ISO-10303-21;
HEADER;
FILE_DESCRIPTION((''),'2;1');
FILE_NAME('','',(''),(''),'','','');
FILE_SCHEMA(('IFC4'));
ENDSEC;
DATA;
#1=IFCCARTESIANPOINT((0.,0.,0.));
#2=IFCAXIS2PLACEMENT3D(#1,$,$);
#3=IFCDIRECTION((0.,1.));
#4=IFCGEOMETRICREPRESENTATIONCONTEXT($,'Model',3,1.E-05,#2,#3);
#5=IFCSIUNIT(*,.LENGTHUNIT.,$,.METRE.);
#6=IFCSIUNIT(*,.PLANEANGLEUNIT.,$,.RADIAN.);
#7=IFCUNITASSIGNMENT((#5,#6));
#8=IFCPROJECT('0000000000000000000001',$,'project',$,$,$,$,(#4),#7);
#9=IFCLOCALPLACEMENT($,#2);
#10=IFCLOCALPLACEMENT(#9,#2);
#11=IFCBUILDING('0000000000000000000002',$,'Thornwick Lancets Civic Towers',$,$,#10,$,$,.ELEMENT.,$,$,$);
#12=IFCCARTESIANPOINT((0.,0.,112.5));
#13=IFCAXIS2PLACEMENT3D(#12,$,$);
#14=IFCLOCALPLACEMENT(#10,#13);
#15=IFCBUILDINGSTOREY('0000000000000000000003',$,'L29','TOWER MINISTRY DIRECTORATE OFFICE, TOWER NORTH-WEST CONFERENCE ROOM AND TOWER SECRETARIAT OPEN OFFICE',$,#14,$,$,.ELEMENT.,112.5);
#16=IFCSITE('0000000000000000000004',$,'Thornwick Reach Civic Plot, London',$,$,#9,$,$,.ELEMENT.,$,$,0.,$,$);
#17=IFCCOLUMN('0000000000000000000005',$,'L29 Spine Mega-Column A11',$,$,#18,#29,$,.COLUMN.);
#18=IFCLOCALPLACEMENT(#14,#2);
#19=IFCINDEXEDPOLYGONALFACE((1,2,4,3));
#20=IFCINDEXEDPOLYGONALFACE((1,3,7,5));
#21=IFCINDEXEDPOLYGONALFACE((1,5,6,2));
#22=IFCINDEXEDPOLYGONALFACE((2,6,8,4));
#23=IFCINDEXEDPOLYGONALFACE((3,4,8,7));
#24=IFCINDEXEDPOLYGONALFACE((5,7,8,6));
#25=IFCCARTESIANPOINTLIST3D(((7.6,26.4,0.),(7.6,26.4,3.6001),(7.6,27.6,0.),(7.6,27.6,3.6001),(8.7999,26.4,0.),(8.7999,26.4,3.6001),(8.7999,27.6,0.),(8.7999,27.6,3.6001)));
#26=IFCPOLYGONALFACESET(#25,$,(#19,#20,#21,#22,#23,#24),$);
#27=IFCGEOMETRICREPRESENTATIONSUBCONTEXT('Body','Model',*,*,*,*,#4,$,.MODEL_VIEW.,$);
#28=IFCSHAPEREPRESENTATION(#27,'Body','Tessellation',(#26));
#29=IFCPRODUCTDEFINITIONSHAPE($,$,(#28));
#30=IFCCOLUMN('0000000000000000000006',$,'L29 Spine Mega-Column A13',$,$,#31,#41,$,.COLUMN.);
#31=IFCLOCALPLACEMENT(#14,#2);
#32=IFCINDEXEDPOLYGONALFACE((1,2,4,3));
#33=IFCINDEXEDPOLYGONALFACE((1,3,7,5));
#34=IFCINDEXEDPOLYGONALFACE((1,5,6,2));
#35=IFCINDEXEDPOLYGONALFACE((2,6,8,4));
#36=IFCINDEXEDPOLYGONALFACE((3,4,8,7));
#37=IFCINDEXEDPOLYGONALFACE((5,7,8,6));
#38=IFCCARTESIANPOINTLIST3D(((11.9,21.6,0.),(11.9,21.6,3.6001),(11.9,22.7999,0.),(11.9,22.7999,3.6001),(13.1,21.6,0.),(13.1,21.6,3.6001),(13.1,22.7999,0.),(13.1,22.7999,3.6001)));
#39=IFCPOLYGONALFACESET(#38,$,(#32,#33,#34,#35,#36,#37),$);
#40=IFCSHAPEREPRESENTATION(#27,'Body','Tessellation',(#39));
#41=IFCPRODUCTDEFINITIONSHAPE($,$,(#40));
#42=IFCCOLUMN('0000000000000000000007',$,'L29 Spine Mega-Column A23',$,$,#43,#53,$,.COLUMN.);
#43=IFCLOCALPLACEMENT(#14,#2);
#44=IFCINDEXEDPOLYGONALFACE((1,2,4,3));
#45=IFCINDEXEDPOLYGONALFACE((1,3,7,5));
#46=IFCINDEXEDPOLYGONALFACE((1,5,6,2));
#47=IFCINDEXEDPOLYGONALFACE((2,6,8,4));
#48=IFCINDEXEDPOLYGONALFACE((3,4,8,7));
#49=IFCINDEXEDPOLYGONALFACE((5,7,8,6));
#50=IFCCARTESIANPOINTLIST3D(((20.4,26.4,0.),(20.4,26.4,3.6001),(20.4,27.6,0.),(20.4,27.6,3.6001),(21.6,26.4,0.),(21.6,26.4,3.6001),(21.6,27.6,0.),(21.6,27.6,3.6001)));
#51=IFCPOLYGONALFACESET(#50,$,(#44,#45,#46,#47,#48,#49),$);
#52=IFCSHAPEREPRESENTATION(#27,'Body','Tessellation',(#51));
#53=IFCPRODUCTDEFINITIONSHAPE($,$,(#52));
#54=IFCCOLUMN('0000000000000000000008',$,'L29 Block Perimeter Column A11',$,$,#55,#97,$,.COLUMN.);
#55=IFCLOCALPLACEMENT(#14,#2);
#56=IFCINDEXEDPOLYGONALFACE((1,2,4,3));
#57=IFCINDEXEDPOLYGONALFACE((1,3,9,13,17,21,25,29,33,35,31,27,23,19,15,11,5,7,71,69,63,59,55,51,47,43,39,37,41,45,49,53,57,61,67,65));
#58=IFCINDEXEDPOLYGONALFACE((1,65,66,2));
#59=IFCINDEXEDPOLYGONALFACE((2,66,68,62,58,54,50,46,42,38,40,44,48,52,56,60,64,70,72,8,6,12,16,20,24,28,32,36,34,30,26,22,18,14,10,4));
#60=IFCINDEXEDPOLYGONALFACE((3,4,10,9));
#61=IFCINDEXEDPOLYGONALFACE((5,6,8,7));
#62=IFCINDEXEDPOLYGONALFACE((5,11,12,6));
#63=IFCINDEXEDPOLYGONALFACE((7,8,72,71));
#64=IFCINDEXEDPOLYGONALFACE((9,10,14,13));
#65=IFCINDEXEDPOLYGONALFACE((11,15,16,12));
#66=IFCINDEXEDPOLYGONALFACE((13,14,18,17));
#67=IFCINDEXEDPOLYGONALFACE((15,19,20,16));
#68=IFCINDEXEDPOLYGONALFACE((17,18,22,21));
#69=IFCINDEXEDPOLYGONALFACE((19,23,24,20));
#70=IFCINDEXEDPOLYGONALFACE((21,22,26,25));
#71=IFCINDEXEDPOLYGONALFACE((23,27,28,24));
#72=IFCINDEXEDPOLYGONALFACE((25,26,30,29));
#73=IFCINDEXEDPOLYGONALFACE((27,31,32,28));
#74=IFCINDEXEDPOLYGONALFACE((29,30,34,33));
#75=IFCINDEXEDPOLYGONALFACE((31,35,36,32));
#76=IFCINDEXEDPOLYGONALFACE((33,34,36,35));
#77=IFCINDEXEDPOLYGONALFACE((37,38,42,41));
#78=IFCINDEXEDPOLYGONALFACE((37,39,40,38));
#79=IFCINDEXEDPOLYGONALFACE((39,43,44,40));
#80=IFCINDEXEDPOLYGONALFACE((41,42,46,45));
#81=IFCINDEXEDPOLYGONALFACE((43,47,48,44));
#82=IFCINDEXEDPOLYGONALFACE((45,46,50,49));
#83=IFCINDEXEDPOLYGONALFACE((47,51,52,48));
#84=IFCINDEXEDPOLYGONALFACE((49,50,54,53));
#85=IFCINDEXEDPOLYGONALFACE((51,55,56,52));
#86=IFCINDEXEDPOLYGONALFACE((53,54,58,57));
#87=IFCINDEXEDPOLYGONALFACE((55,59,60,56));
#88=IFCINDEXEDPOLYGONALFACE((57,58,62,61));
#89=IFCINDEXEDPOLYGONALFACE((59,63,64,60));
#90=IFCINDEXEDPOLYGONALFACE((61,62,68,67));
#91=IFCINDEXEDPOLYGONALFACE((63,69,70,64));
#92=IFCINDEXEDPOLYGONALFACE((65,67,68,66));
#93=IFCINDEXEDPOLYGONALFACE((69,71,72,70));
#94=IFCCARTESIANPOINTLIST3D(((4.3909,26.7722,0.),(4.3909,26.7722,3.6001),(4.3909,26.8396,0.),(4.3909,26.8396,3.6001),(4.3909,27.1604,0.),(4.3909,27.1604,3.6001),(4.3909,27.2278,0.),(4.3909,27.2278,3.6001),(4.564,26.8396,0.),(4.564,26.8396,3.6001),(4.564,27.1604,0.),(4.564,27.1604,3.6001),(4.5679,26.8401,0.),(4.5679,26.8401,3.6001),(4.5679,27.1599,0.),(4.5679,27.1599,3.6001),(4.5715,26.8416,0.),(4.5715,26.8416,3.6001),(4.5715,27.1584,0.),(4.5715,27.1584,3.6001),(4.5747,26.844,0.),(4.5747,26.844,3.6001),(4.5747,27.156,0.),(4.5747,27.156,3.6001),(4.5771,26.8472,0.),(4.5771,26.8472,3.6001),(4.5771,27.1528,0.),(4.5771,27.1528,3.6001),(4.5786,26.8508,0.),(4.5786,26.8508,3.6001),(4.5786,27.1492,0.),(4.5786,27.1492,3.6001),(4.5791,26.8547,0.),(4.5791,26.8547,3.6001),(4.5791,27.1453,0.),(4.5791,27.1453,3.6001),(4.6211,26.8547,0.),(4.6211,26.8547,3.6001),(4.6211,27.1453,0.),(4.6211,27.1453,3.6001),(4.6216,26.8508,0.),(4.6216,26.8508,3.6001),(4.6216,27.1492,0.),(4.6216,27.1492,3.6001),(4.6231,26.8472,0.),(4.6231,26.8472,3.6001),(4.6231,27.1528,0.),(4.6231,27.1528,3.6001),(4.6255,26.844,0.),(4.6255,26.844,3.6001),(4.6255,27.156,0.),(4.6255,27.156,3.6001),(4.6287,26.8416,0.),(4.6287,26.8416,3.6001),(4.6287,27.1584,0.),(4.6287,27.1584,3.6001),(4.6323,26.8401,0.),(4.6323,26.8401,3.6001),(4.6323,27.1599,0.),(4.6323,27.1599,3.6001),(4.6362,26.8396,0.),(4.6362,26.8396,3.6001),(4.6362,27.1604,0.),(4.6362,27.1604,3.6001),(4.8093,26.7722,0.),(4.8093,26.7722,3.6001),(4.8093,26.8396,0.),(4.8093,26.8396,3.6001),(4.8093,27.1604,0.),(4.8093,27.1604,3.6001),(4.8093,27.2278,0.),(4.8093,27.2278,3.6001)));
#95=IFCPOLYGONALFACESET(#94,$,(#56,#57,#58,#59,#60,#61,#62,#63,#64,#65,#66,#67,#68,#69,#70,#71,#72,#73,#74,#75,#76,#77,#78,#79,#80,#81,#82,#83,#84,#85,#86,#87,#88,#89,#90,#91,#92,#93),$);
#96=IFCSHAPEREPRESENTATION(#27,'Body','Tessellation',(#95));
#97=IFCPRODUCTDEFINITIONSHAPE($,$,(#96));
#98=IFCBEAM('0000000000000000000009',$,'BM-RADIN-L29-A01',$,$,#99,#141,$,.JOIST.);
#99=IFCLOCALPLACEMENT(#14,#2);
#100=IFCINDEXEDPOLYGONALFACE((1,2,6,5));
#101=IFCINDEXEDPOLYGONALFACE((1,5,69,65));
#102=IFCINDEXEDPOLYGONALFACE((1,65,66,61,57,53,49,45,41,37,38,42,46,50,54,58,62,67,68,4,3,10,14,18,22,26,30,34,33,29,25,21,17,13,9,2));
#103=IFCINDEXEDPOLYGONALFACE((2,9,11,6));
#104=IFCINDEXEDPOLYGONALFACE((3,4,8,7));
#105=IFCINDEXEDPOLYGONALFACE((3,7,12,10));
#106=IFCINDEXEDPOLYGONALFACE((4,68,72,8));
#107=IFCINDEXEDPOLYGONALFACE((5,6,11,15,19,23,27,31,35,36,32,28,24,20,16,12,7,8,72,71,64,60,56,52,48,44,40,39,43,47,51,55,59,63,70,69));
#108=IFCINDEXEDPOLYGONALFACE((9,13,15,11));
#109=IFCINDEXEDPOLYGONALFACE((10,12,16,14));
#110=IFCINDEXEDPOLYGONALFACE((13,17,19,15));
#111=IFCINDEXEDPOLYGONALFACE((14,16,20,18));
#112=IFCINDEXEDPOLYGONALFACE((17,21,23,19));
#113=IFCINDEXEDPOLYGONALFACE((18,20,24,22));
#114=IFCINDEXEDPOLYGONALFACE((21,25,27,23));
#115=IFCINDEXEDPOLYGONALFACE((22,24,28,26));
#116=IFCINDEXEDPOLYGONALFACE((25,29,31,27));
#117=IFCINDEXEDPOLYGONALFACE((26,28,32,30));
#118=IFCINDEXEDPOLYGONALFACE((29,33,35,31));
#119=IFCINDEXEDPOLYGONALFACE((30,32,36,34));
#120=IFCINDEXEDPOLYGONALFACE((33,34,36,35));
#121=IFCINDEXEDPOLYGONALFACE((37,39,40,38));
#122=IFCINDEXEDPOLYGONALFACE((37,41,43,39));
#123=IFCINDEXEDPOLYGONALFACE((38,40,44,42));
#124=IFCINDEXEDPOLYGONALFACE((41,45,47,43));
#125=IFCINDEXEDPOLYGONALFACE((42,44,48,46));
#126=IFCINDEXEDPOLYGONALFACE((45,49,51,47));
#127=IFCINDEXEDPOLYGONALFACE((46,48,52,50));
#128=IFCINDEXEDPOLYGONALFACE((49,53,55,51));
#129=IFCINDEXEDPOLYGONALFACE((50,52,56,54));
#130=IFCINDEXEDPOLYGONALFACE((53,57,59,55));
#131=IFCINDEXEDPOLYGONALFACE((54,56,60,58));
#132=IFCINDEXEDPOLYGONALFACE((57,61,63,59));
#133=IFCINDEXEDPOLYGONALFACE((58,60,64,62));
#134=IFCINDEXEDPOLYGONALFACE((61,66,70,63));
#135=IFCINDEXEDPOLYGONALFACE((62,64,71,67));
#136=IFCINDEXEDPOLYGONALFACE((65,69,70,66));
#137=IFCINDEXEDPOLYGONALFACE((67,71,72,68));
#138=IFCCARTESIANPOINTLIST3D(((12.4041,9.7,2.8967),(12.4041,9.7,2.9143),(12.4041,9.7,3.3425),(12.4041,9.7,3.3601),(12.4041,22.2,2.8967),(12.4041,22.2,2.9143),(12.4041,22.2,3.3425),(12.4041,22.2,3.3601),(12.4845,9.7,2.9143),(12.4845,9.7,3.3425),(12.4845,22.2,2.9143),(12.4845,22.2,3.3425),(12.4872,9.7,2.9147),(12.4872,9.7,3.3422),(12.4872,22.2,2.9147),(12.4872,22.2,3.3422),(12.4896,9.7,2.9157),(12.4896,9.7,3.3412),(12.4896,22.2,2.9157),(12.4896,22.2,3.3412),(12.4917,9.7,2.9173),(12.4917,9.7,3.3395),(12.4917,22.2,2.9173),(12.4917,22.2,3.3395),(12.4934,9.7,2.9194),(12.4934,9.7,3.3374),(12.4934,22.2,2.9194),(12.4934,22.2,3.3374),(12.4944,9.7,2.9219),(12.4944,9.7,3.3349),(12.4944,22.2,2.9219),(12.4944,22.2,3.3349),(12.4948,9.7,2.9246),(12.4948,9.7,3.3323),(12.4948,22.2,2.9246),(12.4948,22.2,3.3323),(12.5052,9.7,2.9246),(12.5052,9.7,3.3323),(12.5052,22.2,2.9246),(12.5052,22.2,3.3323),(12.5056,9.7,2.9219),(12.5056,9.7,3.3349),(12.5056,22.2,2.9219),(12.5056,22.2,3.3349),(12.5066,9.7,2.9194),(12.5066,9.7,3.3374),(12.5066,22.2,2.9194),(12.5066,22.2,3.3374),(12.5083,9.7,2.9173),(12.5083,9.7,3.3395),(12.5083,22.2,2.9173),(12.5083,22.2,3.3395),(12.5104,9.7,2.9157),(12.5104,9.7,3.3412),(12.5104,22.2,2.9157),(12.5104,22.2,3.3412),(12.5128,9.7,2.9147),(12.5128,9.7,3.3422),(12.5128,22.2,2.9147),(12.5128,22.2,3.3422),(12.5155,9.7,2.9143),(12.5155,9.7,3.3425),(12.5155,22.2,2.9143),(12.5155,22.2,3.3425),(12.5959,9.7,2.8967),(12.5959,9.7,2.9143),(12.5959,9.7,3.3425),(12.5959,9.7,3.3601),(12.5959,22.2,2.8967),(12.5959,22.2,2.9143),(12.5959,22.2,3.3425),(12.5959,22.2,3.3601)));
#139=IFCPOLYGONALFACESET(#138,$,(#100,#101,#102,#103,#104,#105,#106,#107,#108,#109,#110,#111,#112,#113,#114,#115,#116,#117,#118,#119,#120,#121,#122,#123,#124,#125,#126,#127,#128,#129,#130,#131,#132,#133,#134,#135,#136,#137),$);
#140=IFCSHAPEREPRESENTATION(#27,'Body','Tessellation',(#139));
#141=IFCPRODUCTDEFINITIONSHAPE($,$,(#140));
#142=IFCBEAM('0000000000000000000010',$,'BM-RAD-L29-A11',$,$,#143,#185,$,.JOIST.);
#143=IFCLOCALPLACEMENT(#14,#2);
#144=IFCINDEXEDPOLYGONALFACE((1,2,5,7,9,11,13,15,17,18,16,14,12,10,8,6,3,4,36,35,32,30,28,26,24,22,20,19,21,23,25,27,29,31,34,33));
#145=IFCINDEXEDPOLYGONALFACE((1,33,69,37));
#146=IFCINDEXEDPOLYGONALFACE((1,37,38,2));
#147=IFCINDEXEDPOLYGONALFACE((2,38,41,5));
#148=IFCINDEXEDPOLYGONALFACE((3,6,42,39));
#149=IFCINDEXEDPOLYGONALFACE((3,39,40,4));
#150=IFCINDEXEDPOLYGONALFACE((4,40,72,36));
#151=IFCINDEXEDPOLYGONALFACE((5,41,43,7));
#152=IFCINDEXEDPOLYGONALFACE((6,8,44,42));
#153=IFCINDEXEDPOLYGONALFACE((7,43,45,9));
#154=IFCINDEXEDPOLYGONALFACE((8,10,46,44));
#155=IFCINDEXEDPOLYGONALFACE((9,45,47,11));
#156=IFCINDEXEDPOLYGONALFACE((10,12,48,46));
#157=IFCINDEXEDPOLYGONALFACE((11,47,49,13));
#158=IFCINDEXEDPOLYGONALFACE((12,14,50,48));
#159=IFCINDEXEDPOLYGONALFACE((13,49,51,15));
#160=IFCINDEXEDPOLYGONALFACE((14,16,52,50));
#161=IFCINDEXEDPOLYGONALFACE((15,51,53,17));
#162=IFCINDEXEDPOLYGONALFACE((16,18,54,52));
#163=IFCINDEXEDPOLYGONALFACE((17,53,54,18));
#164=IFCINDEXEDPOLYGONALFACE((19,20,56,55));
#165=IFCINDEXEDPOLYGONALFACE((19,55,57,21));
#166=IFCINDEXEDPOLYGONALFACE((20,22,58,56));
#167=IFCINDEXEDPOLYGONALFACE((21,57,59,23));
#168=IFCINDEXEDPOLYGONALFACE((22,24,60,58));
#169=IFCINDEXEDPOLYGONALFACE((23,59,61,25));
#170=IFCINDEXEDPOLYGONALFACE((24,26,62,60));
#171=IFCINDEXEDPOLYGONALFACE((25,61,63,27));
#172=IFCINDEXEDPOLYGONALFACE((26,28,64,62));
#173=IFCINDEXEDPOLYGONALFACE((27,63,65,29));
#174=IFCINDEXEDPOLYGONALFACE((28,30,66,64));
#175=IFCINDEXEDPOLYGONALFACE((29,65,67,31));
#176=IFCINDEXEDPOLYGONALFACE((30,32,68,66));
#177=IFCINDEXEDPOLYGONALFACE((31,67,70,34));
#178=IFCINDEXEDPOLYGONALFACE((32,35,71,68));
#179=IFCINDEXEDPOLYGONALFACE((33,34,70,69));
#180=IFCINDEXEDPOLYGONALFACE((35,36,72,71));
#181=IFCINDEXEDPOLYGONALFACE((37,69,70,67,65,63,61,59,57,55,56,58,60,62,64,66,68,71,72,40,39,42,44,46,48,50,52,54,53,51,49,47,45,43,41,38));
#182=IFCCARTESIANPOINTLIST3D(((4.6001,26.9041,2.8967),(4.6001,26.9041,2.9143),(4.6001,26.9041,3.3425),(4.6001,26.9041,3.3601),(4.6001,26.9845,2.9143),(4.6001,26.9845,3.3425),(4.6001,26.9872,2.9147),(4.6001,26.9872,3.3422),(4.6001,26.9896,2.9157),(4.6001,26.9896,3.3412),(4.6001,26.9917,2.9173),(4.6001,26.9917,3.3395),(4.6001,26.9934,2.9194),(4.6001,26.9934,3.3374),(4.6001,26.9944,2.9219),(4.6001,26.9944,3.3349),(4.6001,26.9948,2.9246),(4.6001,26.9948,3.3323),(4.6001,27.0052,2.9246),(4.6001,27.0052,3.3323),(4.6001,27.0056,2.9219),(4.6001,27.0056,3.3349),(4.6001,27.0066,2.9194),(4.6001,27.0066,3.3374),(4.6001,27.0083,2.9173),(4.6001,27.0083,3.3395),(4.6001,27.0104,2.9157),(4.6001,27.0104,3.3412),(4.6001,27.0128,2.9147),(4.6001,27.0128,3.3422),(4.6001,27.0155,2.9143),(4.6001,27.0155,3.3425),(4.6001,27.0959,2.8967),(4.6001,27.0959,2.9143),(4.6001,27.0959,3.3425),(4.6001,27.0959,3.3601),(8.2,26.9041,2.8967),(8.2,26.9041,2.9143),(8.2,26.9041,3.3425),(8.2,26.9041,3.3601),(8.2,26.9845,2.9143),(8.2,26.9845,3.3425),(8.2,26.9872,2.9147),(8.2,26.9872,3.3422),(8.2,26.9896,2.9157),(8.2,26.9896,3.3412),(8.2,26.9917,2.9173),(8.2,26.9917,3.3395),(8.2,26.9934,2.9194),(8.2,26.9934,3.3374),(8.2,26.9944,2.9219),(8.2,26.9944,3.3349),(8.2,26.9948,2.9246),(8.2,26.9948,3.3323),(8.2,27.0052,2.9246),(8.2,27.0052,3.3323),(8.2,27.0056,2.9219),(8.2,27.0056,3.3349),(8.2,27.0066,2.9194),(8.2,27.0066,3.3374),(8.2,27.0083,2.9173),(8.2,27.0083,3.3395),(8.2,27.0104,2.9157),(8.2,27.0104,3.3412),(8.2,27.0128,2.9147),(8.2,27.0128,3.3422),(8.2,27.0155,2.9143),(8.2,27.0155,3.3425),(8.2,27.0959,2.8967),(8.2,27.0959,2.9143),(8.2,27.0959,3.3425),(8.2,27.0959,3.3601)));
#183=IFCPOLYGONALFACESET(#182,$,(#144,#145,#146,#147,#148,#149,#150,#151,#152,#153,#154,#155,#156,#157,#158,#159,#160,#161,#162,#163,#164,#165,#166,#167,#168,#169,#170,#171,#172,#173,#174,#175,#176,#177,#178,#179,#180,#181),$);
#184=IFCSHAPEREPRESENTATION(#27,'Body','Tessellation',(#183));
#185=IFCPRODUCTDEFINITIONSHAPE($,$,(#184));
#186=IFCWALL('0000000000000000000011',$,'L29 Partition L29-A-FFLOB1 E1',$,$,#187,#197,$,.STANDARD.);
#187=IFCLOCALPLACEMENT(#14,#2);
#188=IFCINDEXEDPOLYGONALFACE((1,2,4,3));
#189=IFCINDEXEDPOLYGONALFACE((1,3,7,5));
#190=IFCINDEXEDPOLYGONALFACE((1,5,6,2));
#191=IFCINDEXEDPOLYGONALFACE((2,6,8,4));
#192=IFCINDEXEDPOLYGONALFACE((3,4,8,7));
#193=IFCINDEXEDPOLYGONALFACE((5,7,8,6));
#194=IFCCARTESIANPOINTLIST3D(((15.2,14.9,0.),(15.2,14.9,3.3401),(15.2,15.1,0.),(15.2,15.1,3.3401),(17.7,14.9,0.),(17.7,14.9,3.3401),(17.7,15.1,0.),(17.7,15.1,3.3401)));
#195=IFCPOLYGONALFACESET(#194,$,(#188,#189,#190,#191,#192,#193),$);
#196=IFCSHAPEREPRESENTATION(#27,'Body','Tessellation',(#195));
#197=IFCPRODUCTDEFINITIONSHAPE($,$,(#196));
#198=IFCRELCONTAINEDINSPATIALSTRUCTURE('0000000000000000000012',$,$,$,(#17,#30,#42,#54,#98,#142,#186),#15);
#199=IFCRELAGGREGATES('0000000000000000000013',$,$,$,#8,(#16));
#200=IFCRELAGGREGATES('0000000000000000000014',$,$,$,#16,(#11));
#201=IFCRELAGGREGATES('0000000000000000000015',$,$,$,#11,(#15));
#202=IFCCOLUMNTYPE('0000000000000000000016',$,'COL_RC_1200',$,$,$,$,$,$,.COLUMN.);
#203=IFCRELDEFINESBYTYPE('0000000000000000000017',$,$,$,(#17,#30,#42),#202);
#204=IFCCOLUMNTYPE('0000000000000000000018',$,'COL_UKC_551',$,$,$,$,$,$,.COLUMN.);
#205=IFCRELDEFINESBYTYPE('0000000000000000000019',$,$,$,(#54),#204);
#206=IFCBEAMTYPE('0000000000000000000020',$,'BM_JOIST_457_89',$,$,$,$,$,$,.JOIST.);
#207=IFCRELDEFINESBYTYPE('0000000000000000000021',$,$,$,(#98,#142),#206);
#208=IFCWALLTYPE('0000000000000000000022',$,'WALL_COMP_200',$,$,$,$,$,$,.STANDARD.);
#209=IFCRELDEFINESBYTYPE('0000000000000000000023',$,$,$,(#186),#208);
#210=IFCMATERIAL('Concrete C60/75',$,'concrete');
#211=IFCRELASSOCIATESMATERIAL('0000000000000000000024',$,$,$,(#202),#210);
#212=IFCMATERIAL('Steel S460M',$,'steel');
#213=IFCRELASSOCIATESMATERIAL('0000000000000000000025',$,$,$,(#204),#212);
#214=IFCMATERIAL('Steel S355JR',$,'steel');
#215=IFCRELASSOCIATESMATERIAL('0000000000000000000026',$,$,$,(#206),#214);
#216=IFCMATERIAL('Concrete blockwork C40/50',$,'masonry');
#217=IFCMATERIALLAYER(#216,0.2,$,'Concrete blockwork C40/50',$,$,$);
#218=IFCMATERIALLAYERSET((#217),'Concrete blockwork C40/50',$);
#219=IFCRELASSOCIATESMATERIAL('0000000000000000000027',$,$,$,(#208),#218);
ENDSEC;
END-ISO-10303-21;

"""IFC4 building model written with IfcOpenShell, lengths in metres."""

from ifc_helpers import new_model, si_unit, direction, frame, frame_2d, origin, origin_2d, place, context, subcontext, project, spatial, rectangle, i_section, extrude, material, layer, layer_set, material_profile, profile_set, type_object, element, save


model = new_model("IFC4")

# Units and contexts
model_context = context("Model", 3, precision=1e-05, world=origin(), true_north=direction((0.0, 1.0)))
body_context = subcontext(model_context, "Body", "Model", "MODEL_VIEW")
ifc_project = project(units=[si_unit("LENGTHUNIT", "METRE"), si_unit("PLANEANGLEUNIT", "RADIAN")], contexts=[model_context])

# Site, building, storey
site_placement = place(None, origin())
site = spatial("IfcSite", under=ifc_project, at=site_placement, Name="Thornwick Reach Civic Plot, London", CompositionType="ELEMENT", RefElevation=0.0)
building_placement = place(site_placement, origin())
building = spatial("IfcBuilding", under=site, at=building_placement, Name="Thornwick Lancets Civic Towers", CompositionType="ELEMENT")
storey_placement = place(building_placement, frame((0.0, 0.0, 112.5)))
storey = spatial("IfcBuildingStorey", under=building, at=storey_placement, Name="L29", Description="TOWER MINISTRY DIRECTORATE OFFICE, TOWER NORTH-WEST CONFERENCE ROOM AND TOWER SECRETARIAT OPEN OFFICE", CompositionType="ELEMENT", Elevation=112.5)

# Columns
ifc_material_1 = material(Name="Concrete C60/75", Category="concrete")
ifc_material_profile_1 = material_profile(ifc_material_1, rectangle(XDim=1.2, YDim=1.2, at=origin_2d()), Name="RC 1200x1200")
ifc_profile_set_1 = profile_set([ifc_material_profile_1], Name="Concrete C60/75")
column_type_1 = type_object("IfcColumnType", Name="COL_RC_1200", PredefinedType="COLUMN", material=ifc_profile_set_1)
for number, where, z_axis, x_axis, name in (
    (1, (8.2, 27.0, 0.0), (0.0, 0.0, 1.0), (1.0, 0.0, 0.0), "L29 Spine Mega-Column A11"),
    (2, (12.5, 22.2, 0.0), (0.0, 0.0, 1.0), (1.0, 0.0, 0.0), "L29 Spine Mega-Column A13"),
    (3, (21.0, 27.0, 0.0), (0.0, 0.0, 1.0), (1.0, 0.0, 0.0), "L29 Spine Mega-Column A23"),
):
    element("IfcColumn", number, at=place(storey_placement, frame(where, z_axis=z_axis, x_axis=x_axis)), inside=storey, type_object=column_type_1, Name=name, PredefinedType="COLUMN", context=body_context, shape_type="SweptSolid", body=[
        extrude(rectangle(XDim=1.2, YDim=1.2, at=origin_2d()), origin(), (0.0, 0.0, 1.0), 3.6001),
    ])
ifc_material_2 = material(Name="Steel S460M", Category="steel")
ifc_material_profile_2 = material_profile(ifc_material_2, i_section(OverallWidth=0.4185, OverallDepth=0.4556, WebThickness=0.042, FlangeThickness=0.0674, FilletRadius=0.0151, at=origin_2d()), Name="UKC 356x406x551")
ifc_profile_set_2 = profile_set([ifc_material_profile_2], Name="Steel S460M")
column_type_2 = type_object("IfcColumnType", Name="COL_UKC_551", PredefinedType="COLUMN", material=ifc_profile_set_2)
column_placement = place(storey_placement, frame((4.6001, 27.0, 0.0), z_axis=(0.0, 0.0, 1.0), x_axis=(1.0, 0.0, 0.0)))
element("IfcColumn", 4, at=column_placement, inside=storey, type_object=column_type_2, Name="L29 Block Perimeter Column A11", PredefinedType="COLUMN", context=body_context, shape_type="SweptSolid", body=[
    extrude(i_section(OverallWidth=0.4185, OverallDepth=0.4556, WebThickness=0.042, FlangeThickness=0.0674, FilletRadius=0.0151, at=origin_2d()), origin(), (0.0, 0.0, 1.0), 3.6001),
])

# Beams
ifc_material_3 = material(Name="Steel S355JR", Category="steel")
ifc_material_profile_3 = material_profile(ifc_material_3, i_section(OverallWidth=0.1919, OverallDepth=0.4634, WebThickness=0.0105, FlangeThickness=0.0176, FilletRadius=0.0103, at=origin_2d()), Name="UKB 457x191x89")
ifc_profile_set_3 = profile_set([ifc_material_profile_3], Name="Steel S355JR")
beam_type = type_object("IfcBeamType", Name="BM_JOIST_457_89", PredefinedType="JOIST", material=ifc_profile_set_3)
beam_1_placement = place(storey_placement, frame((12.5, 22.2, 3.1284), z_axis=(0.0, -1.0, 0.0), x_axis=(1.0, 0.0, 0.0)))
element("IfcBeam", 5, at=beam_1_placement, inside=storey, type_object=beam_type, Name="BM-RADIN-L29-A01", PredefinedType="JOIST", context=body_context, shape_type="SweptSolid", body=[
    extrude(i_section(OverallWidth=0.1919, OverallDepth=0.4634, WebThickness=0.0105, FlangeThickness=0.0176, FilletRadius=0.0103, at=origin_2d()), origin(), (0.0, 0.0, 1.0), 12.5),
])
beam_2_placement = place(storey_placement, frame((8.2, 27.0, 3.1284), z_axis=(-1.0, 0.0, 0.0), x_axis=(0.0, -1.0, 0.0)))
element("IfcBeam", 6, at=beam_2_placement, inside=storey, type_object=beam_type, Name="BM-RAD-L29-A11", PredefinedType="JOIST", context=body_context, shape_type="SweptSolid", body=[
    extrude(i_section(OverallWidth=0.1919, OverallDepth=0.4634, WebThickness=0.0105, FlangeThickness=0.0176, FilletRadius=0.0103, at=origin_2d()), origin(), (0.0, 0.0, 1.0), 3.5999),
])

# Wall
ifc_material_4 = material(Name="Concrete blockwork C40/50", Category="masonry")
ifc_layer_1 = layer(ifc_material_4, 0.2, Name="Concrete blockwork C40/50")
ifc_layer_set_1 = layer_set([ifc_layer_1], Name="Concrete blockwork C40/50")
wall_type_1 = type_object("IfcWallType", Name="WALL_COMP_200", PredefinedType="STANDARD", material=ifc_layer_set_1)
wall_1_placement = place(storey_placement, frame((15.2, 15.0, 0.0), z_axis=(0.0, 0.0, 1.0), x_axis=(1.0, 0.0, 0.0)))
element("IfcWall", 7, at=wall_1_placement, inside=storey, type_object=wall_type_1, Name="L29 Partition L29-A-FFLOB1 E1", PredefinedType="STANDARD", context=body_context, shape_type="SweptSolid", body=[
    extrude(rectangle(XDim=2.5, YDim=0.2, at=frame_2d((1.25, 0.0))), origin(), (0.0, 0.0, 1.0), 3.3401),
])

save(model, "model.ifc")
